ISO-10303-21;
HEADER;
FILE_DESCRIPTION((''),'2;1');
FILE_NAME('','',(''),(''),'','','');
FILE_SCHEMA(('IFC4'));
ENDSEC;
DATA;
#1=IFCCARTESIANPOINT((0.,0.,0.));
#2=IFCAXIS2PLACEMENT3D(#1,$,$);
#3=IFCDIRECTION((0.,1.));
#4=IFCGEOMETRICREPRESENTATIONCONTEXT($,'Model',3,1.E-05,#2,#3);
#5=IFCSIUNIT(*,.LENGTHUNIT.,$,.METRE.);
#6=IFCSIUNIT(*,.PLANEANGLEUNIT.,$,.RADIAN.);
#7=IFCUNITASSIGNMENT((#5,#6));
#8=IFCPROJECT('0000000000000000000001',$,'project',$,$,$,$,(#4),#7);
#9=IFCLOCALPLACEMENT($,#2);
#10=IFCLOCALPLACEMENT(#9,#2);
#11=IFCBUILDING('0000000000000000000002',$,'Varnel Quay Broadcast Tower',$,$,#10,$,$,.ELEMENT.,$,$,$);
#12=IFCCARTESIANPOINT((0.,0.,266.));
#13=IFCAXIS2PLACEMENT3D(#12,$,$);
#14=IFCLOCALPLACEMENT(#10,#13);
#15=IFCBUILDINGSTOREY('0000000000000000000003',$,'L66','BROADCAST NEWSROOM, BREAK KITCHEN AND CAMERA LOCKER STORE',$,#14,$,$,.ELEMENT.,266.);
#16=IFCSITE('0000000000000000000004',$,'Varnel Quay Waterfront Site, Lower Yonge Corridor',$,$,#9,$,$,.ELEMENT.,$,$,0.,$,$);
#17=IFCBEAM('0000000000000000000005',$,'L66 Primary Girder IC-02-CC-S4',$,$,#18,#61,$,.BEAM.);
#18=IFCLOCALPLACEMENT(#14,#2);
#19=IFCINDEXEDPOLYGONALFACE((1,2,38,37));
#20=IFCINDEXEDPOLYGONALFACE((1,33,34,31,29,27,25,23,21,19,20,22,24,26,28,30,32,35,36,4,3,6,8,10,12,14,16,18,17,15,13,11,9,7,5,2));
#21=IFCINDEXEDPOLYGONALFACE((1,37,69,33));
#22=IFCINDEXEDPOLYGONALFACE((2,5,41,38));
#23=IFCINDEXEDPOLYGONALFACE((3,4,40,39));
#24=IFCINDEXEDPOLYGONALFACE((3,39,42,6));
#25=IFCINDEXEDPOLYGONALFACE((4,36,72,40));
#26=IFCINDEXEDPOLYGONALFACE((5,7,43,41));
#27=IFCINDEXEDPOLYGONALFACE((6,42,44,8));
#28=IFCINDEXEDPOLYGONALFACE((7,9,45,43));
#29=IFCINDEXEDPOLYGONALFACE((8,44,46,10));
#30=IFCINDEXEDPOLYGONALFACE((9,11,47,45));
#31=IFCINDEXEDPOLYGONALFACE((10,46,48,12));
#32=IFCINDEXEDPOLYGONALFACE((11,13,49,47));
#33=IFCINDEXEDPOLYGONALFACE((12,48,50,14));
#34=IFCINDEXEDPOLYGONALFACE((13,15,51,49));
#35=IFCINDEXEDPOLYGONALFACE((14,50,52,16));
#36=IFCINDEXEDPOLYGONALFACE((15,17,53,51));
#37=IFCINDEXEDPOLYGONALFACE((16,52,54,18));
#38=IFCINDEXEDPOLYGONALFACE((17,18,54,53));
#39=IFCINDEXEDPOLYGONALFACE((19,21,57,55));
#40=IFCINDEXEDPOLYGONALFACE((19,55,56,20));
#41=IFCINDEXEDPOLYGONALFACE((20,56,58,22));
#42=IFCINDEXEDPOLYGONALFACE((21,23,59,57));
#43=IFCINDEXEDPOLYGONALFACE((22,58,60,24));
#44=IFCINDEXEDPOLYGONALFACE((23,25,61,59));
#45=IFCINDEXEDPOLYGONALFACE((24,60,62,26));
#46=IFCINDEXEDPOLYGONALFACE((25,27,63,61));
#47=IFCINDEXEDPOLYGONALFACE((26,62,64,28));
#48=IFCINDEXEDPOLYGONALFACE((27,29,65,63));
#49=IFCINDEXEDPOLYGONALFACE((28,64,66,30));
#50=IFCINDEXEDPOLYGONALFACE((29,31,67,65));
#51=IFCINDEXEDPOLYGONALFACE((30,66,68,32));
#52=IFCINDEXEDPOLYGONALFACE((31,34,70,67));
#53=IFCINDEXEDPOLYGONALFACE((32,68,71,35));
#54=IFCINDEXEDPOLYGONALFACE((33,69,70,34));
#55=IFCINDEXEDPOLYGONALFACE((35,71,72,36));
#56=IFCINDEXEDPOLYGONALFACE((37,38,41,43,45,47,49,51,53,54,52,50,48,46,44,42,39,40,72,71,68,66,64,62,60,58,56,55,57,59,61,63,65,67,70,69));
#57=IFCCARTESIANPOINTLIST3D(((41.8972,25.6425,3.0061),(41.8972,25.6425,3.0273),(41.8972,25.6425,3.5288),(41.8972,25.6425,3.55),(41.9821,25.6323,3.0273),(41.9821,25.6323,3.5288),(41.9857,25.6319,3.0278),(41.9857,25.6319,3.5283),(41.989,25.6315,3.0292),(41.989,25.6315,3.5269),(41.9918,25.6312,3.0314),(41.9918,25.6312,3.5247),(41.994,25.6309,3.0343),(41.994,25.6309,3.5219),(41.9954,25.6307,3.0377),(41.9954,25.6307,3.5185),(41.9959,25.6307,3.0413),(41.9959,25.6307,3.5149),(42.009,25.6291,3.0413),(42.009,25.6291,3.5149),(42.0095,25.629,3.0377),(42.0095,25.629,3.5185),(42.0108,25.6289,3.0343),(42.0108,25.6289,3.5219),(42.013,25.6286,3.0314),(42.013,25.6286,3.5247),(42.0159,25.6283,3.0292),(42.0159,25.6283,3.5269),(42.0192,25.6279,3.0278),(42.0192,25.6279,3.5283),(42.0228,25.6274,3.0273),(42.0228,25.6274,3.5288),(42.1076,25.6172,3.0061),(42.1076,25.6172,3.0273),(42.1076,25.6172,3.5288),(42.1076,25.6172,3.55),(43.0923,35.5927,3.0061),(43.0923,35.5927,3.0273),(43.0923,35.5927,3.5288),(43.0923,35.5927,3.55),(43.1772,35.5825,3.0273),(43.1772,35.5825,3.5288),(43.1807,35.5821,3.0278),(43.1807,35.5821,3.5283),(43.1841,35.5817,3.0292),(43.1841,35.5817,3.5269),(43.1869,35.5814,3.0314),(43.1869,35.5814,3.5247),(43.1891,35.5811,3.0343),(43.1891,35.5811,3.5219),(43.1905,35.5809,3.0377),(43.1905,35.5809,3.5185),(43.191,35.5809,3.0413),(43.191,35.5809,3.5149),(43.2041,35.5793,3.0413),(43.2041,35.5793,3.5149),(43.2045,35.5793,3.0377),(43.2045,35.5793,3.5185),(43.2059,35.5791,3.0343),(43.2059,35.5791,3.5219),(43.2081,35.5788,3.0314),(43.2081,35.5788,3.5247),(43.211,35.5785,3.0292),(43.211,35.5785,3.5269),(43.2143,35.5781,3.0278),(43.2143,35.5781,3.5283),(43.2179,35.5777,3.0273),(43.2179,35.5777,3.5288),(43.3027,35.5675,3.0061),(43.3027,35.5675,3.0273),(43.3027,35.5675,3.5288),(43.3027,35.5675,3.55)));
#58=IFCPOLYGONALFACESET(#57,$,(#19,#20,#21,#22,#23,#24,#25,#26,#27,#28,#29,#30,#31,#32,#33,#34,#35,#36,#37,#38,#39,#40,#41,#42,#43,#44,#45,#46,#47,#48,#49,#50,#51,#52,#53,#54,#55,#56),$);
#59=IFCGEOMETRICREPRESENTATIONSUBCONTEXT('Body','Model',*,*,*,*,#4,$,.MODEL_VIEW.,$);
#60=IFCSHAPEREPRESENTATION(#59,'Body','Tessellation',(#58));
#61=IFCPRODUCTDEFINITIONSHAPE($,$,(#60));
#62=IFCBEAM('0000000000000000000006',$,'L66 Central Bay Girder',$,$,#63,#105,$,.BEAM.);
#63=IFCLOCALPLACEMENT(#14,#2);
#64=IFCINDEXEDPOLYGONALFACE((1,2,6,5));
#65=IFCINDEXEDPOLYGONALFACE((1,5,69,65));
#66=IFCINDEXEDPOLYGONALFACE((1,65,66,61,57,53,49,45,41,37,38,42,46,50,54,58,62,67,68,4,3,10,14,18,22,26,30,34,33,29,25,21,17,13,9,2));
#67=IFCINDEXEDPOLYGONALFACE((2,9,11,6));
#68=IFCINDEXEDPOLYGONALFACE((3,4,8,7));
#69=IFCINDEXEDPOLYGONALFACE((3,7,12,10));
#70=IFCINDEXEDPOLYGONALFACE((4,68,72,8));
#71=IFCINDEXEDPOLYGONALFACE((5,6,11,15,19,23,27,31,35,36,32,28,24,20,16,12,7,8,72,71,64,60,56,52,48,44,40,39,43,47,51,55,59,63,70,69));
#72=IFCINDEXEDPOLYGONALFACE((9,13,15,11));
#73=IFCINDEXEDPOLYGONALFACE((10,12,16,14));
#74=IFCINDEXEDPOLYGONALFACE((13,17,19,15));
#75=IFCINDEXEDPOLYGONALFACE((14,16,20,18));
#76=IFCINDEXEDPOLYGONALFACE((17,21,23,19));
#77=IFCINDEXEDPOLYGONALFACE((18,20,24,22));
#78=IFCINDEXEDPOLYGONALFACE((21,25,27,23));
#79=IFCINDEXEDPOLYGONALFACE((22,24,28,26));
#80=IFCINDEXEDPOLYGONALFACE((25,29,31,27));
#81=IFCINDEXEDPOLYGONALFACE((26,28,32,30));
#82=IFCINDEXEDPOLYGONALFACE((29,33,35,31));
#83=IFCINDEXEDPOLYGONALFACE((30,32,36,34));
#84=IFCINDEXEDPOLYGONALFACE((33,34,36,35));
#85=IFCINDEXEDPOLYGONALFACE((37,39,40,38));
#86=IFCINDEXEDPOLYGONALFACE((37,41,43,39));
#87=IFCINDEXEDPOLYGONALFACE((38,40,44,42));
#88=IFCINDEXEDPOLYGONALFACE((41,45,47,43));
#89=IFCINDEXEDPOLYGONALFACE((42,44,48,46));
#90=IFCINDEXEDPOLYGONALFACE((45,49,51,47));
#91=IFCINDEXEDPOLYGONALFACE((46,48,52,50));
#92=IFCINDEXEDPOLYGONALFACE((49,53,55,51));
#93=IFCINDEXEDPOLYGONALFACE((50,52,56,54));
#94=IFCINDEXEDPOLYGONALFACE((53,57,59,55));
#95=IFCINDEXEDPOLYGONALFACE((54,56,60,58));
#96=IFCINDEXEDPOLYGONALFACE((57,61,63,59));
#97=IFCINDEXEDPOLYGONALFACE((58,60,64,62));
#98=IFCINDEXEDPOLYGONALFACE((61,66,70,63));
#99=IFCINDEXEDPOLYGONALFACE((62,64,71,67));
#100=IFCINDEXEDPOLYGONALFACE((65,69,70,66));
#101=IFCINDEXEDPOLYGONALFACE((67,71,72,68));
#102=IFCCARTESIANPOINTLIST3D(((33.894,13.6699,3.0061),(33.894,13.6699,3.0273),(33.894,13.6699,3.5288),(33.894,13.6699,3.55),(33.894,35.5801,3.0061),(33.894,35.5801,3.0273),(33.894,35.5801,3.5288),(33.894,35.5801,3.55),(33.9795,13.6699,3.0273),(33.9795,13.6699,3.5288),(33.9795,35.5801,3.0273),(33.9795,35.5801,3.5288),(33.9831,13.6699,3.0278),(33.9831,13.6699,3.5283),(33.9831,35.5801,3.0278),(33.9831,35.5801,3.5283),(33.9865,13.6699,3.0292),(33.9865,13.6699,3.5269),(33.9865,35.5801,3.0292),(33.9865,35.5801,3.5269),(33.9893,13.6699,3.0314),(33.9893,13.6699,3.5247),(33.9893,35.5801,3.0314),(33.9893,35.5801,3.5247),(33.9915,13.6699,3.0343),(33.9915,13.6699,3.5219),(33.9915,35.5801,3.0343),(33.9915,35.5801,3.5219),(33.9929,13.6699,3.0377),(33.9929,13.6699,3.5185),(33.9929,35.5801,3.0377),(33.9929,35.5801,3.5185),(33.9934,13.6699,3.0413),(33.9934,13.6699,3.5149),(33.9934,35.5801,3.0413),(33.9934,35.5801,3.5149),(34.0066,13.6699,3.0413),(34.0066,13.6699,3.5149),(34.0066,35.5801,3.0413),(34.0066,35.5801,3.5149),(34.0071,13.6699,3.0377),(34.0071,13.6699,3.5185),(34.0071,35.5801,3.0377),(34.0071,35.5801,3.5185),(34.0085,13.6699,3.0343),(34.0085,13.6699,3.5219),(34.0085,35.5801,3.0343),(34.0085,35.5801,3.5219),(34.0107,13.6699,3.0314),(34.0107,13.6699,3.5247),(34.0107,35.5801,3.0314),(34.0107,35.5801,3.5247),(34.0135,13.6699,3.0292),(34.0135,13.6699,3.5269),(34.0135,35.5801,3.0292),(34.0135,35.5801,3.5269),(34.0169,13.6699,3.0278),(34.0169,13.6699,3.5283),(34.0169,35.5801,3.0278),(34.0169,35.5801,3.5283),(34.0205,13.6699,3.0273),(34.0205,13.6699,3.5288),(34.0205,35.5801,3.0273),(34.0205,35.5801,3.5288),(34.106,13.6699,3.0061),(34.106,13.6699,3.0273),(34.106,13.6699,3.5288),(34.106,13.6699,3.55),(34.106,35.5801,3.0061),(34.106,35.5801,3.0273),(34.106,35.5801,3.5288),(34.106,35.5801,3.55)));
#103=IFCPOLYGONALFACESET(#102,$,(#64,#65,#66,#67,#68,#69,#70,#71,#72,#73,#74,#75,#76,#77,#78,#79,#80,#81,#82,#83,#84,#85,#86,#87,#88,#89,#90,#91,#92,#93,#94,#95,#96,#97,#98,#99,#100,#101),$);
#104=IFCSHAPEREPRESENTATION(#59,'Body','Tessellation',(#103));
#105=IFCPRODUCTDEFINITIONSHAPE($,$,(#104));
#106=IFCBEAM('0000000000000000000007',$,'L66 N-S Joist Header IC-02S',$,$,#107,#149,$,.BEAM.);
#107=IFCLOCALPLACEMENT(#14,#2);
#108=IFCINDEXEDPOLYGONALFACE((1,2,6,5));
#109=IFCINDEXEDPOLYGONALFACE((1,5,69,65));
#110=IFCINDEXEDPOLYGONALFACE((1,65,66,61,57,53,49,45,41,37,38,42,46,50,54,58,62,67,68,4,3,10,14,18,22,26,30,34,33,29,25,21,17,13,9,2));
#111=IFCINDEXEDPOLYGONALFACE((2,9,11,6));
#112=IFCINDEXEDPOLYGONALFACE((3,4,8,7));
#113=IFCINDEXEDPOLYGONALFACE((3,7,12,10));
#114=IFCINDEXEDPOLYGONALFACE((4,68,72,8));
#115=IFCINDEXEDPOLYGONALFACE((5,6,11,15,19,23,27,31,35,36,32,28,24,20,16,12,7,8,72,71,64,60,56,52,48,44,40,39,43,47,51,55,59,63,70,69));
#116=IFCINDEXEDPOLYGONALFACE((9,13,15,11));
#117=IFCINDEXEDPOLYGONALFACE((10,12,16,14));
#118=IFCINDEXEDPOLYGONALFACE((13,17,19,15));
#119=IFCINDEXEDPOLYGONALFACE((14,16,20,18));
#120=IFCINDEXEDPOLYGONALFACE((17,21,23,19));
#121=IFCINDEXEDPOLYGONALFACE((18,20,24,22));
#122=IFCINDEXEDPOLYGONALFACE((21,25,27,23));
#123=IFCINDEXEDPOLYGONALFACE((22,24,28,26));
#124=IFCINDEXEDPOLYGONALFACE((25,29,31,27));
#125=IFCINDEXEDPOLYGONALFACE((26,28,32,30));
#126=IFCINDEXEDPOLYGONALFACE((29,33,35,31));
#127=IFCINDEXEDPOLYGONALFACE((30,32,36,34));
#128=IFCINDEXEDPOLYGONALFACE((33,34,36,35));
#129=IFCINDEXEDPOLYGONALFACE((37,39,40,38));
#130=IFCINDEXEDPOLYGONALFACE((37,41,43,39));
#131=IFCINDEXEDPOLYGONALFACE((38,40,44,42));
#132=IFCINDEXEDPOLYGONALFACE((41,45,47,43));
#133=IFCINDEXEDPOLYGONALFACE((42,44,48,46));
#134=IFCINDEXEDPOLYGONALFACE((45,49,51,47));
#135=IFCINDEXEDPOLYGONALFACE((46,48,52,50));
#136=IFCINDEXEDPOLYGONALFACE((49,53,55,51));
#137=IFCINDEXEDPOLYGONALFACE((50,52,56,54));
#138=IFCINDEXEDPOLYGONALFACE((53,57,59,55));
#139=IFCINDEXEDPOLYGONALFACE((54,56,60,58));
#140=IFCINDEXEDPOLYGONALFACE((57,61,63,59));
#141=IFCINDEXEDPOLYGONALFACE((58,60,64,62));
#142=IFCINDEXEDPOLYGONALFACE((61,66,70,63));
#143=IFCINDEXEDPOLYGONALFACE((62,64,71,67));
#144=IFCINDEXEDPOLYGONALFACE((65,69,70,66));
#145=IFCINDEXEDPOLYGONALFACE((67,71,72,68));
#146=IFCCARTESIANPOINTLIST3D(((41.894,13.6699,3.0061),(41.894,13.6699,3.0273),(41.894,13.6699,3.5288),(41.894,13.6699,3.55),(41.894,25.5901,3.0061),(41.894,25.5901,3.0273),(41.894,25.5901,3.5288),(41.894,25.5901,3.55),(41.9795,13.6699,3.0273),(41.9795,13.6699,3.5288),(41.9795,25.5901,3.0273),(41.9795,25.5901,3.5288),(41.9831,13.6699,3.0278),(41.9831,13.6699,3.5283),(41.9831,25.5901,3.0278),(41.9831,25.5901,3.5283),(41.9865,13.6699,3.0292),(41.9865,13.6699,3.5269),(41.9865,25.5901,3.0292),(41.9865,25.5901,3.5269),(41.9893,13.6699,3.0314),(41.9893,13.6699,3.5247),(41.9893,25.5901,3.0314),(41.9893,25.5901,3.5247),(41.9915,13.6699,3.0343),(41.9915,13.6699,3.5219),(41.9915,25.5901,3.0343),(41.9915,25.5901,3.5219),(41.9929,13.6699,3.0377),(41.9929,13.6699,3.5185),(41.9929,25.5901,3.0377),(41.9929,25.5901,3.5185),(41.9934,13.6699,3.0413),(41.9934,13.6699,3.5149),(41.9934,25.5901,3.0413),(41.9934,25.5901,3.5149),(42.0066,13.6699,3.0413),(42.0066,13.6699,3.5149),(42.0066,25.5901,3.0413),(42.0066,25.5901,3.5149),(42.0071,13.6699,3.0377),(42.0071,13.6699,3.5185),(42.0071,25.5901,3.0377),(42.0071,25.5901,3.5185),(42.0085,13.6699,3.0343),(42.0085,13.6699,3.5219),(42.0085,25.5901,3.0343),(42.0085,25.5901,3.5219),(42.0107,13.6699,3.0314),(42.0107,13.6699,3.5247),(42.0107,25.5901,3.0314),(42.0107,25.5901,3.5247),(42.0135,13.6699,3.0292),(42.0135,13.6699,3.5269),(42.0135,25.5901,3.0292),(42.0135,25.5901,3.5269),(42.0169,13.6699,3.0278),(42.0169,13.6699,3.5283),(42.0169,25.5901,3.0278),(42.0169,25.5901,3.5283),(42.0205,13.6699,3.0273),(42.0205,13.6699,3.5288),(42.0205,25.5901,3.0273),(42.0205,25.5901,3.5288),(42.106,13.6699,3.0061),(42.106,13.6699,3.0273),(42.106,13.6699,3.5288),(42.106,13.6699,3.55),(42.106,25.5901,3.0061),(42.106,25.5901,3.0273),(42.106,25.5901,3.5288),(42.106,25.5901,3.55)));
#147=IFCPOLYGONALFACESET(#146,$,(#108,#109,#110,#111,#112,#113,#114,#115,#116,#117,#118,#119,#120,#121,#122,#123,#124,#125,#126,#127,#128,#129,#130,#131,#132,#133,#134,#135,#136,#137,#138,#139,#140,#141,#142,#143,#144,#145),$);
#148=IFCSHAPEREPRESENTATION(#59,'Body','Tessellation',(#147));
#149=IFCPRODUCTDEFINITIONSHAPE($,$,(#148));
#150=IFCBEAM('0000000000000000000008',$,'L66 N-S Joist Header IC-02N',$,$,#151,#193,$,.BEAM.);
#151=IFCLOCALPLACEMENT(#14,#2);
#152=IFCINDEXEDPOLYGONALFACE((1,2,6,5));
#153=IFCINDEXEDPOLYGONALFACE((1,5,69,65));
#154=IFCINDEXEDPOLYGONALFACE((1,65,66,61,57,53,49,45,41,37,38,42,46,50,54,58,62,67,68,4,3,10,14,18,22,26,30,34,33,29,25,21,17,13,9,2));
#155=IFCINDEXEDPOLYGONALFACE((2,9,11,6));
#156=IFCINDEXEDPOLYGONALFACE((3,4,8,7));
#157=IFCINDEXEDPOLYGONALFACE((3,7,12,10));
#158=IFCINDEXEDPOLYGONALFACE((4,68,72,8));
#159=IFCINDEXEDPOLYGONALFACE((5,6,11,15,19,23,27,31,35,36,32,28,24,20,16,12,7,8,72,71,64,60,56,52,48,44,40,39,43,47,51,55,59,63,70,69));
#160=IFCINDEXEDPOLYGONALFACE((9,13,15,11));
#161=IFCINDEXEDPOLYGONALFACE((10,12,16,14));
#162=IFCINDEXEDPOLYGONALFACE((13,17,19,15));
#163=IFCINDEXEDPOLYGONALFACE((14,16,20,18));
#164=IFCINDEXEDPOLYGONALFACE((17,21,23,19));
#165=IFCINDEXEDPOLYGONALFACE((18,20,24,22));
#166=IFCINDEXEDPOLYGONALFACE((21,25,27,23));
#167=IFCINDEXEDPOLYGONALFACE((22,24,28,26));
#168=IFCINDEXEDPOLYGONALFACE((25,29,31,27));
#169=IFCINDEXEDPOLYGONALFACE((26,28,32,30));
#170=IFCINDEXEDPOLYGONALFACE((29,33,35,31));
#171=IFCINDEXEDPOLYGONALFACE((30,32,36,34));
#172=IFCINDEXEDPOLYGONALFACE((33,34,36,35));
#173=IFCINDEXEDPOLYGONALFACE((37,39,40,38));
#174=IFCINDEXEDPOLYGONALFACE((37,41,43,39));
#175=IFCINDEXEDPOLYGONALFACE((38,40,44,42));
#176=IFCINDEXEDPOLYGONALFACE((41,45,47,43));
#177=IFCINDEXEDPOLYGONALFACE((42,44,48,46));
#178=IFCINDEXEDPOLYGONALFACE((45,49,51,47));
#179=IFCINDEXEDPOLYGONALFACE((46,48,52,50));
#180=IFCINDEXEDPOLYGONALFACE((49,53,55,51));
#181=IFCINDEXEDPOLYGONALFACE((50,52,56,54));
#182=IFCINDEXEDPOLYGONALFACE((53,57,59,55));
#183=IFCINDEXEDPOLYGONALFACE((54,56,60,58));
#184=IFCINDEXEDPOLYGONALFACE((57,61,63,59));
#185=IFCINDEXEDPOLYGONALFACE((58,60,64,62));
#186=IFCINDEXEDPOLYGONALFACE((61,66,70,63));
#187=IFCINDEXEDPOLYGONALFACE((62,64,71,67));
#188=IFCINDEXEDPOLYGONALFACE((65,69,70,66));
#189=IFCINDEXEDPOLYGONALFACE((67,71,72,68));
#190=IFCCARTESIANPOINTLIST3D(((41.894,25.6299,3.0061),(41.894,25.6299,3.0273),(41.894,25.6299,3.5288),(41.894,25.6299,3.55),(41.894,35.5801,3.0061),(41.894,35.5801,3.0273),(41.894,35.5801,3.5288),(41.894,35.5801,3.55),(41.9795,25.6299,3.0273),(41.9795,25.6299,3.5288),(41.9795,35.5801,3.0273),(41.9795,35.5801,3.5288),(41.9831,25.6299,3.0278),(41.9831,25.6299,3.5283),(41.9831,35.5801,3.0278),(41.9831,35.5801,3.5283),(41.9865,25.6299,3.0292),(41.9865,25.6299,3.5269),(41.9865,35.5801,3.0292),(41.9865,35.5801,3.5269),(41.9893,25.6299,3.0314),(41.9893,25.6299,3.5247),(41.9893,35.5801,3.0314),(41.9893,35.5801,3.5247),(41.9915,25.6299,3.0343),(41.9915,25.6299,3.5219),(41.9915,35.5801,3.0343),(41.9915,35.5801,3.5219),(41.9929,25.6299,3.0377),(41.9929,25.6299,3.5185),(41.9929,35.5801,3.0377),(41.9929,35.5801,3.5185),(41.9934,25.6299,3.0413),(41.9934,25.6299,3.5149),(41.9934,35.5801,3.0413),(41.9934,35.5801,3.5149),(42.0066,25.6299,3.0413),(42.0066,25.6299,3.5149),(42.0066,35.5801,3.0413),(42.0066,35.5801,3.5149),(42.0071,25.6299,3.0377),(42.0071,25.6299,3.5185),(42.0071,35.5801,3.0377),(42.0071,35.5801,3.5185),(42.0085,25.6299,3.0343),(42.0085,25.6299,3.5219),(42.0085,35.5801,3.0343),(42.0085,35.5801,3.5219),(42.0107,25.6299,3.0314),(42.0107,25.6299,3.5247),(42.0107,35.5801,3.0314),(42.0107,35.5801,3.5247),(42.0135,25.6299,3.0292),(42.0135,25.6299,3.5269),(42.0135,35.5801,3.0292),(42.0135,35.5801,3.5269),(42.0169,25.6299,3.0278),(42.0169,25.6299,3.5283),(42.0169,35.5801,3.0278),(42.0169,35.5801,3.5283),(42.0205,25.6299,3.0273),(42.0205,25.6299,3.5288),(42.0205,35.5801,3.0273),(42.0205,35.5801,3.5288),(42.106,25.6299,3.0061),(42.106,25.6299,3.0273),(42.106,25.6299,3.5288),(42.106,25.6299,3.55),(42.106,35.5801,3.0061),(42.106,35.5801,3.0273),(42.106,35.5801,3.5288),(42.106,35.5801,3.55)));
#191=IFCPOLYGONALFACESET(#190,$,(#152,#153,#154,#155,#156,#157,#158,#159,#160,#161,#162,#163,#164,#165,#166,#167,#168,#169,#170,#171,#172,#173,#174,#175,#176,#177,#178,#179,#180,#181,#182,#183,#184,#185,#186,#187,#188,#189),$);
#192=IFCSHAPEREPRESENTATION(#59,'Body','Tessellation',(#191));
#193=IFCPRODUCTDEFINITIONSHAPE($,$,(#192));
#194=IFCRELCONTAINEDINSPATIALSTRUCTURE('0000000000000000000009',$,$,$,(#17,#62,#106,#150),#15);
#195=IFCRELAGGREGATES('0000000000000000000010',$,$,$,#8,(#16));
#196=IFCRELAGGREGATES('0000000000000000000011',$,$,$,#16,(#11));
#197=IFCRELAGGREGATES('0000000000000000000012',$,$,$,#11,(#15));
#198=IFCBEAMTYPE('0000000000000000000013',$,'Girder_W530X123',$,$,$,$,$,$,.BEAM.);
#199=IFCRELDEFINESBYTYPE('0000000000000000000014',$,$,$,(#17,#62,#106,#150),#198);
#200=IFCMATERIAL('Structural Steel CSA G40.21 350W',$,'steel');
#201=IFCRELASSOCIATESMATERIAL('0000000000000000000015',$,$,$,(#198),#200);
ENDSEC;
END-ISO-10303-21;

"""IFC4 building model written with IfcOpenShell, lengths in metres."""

from ifc_helpers import new_model, si_unit, direction, frame, origin, origin_2d, place, context, subcontext, project, spatial, i_section, extrude, source, transform, mapped, material, material_profile, profile_set, type_object, element, save


model = new_model("IFC4")

# Units and contexts
model_context = context("Model", 3, precision=1e-05, world=origin(), true_north=direction((0.0, 1.0)))
body_context = subcontext(model_context, "Body", "Model", "MODEL_VIEW")
ifc_project = project(units=[si_unit("LENGTHUNIT", "METRE"), si_unit("PLANEANGLEUNIT", "RADIAN")], contexts=[model_context])

# Site, building, storey
site_placement = place(None, origin())
site = spatial("IfcSite", under=ifc_project, at=site_placement, Name="Varnel Quay Waterfront Site, Lower Yonge Corridor", CompositionType="ELEMENT", RefElevation=0.0)
building_placement = place(site_placement, origin())
building = spatial("IfcBuilding", under=site, at=building_placement, Name="Varnel Quay Broadcast Tower", CompositionType="ELEMENT")
storey_placement = place(building_placement, frame((0.0, 0.0, 266.0)))
storey = spatial("IfcBuildingStorey", under=building, at=storey_placement, Name="L66", Description="BROADCAST NEWSROOM, BREAK KITCHEN AND CAMERA LOCKER STORE", CompositionType="ELEMENT", Elevation=266.0)

# Shared definitions
ifc_material_1 = material(Name="Structural Steel CSA G40.21 350W", Category="steel")

# Beams
ifc_material_profile_1 = material_profile(ifc_material_1, i_section(OverallWidth=0.2119, OverallDepth=0.5439, WebThickness=0.0132, FlangeThickness=0.0212, FilletRadius=0.0139, at=origin_2d()), Name="W530X123")
ifc_profile_set_1 = profile_set([ifc_material_profile_1], Name="Structural Steel CSA G40.21 350W")
beam_type_1 = type_object("IfcBeamType", Name="Girder_W530X123", PredefinedType="BEAM", material=ifc_profile_set_1)
shared_shape_1 = source(origin(), body_context, "Body", "SweptSolid", [
    extrude(i_section(OverallWidth=0.2119, OverallDepth=0.5439, WebThickness=0.0132, FlangeThickness=0.0212, FilletRadius=0.0139, at=origin_2d()), origin(), (0.0, 0.0, 1.0), 10.0217),
])
beam_1_placement = place(storey_placement, frame((42.0024, 25.6299, 3.2781), z_axis=(0.119248, 0.992864, 0.0), x_axis=(-0.992864, 0.119248, 0.0)))
element("IfcBeam", 1, at=beam_1_placement, inside=storey, type_object=beam_type_1, Name="L66 Primary Girder IC-02-CC-S4", PredefinedType="BEAM", context=body_context, shape_type="MappedRepresentation", body=[
    mapped(shared_shape_1, transform((0.0, 0.0, 0.0), x_axis=(1.0, 0.0, 0.0), y_axis=(0.0, 1.0, 0.0), z_axis=(0.0, 0.0, 1.0), scale=1.0)),
])
shared_shape_2 = source(origin(), body_context, "Body", "SweptSolid", [
    extrude(i_section(OverallWidth=0.2119, OverallDepth=0.5439, WebThickness=0.0132, FlangeThickness=0.0212, FilletRadius=0.0139, at=origin_2d()), origin(), (0.0, 0.0, 1.0), 21.9102),
])
beam_2_placement = place(storey_placement, frame((34.0, 13.6699, 3.2781), z_axis=(0.0, 1.0, 0.0), x_axis=(-1.0, 0.0, 0.0)))
element("IfcBeam", 2, at=beam_2_placement, inside=storey, type_object=beam_type_1, Name="L66 Central Bay Girder", PredefinedType="BEAM", context=body_context, shape_type="MappedRepresentation", body=[
    mapped(shared_shape_2, transform((0.0, 0.0, 0.0), x_axis=(1.0, 0.0, 0.0), y_axis=(0.0, 1.0, 0.0), z_axis=(0.0, 0.0, 1.0), scale=1.0)),
])
shared_shape_3 = source(origin(), body_context, "Body", "SweptSolid", [
    extrude(i_section(OverallWidth=0.2119, OverallDepth=0.5439, WebThickness=0.0132, FlangeThickness=0.0212, FilletRadius=0.0139, at=origin_2d()), origin(), (0.0, 0.0, 1.0), 11.9202),
])
beam_3_placement = place(storey_placement, frame((42.0, 13.6699, 3.2781), z_axis=(0.0, 1.0, 0.0), x_axis=(-1.0, 0.0, 0.0)))
element("IfcBeam", 3, at=beam_3_placement, inside=storey, type_object=beam_type_1, Name="L66 N-S Joist Header IC-02S", PredefinedType="BEAM", context=body_context, shape_type="MappedRepresentation", body=[
    mapped(shared_shape_3, transform((0.0, 0.0, 0.0), x_axis=(1.0, 0.0, 0.0), y_axis=(0.0, 1.0, 0.0), z_axis=(0.0, 0.0, 1.0), scale=1.0)),
])
shared_shape_4 = source(origin(), body_context, "Body", "SweptSolid", [
    extrude(i_section(OverallWidth=0.2119, OverallDepth=0.5439, WebThickness=0.0132, FlangeThickness=0.0212, FilletRadius=0.0139, at=origin_2d()), origin(), (0.0, 0.0, 1.0), 9.9502),
])
beam_4_placement = place(storey_placement, frame((42.0, 25.6299, 3.2781), z_axis=(0.0, 1.0, 0.0), x_axis=(-1.0, 0.0, 0.0)))
element("IfcBeam", 4, at=beam_4_placement, inside=storey, type_object=beam_type_1, Name="L66 N-S Joist Header IC-02N", PredefinedType="BEAM", context=body_context, shape_type="MappedRepresentation", body=[
    mapped(shared_shape_4, transform((0.0, 0.0, 0.0), x_axis=(1.0, 0.0, 0.0), y_axis=(0.0, 1.0, 0.0), z_axis=(0.0, 0.0, 1.0), scale=1.0)),
])

save(model, "model.ifc")
